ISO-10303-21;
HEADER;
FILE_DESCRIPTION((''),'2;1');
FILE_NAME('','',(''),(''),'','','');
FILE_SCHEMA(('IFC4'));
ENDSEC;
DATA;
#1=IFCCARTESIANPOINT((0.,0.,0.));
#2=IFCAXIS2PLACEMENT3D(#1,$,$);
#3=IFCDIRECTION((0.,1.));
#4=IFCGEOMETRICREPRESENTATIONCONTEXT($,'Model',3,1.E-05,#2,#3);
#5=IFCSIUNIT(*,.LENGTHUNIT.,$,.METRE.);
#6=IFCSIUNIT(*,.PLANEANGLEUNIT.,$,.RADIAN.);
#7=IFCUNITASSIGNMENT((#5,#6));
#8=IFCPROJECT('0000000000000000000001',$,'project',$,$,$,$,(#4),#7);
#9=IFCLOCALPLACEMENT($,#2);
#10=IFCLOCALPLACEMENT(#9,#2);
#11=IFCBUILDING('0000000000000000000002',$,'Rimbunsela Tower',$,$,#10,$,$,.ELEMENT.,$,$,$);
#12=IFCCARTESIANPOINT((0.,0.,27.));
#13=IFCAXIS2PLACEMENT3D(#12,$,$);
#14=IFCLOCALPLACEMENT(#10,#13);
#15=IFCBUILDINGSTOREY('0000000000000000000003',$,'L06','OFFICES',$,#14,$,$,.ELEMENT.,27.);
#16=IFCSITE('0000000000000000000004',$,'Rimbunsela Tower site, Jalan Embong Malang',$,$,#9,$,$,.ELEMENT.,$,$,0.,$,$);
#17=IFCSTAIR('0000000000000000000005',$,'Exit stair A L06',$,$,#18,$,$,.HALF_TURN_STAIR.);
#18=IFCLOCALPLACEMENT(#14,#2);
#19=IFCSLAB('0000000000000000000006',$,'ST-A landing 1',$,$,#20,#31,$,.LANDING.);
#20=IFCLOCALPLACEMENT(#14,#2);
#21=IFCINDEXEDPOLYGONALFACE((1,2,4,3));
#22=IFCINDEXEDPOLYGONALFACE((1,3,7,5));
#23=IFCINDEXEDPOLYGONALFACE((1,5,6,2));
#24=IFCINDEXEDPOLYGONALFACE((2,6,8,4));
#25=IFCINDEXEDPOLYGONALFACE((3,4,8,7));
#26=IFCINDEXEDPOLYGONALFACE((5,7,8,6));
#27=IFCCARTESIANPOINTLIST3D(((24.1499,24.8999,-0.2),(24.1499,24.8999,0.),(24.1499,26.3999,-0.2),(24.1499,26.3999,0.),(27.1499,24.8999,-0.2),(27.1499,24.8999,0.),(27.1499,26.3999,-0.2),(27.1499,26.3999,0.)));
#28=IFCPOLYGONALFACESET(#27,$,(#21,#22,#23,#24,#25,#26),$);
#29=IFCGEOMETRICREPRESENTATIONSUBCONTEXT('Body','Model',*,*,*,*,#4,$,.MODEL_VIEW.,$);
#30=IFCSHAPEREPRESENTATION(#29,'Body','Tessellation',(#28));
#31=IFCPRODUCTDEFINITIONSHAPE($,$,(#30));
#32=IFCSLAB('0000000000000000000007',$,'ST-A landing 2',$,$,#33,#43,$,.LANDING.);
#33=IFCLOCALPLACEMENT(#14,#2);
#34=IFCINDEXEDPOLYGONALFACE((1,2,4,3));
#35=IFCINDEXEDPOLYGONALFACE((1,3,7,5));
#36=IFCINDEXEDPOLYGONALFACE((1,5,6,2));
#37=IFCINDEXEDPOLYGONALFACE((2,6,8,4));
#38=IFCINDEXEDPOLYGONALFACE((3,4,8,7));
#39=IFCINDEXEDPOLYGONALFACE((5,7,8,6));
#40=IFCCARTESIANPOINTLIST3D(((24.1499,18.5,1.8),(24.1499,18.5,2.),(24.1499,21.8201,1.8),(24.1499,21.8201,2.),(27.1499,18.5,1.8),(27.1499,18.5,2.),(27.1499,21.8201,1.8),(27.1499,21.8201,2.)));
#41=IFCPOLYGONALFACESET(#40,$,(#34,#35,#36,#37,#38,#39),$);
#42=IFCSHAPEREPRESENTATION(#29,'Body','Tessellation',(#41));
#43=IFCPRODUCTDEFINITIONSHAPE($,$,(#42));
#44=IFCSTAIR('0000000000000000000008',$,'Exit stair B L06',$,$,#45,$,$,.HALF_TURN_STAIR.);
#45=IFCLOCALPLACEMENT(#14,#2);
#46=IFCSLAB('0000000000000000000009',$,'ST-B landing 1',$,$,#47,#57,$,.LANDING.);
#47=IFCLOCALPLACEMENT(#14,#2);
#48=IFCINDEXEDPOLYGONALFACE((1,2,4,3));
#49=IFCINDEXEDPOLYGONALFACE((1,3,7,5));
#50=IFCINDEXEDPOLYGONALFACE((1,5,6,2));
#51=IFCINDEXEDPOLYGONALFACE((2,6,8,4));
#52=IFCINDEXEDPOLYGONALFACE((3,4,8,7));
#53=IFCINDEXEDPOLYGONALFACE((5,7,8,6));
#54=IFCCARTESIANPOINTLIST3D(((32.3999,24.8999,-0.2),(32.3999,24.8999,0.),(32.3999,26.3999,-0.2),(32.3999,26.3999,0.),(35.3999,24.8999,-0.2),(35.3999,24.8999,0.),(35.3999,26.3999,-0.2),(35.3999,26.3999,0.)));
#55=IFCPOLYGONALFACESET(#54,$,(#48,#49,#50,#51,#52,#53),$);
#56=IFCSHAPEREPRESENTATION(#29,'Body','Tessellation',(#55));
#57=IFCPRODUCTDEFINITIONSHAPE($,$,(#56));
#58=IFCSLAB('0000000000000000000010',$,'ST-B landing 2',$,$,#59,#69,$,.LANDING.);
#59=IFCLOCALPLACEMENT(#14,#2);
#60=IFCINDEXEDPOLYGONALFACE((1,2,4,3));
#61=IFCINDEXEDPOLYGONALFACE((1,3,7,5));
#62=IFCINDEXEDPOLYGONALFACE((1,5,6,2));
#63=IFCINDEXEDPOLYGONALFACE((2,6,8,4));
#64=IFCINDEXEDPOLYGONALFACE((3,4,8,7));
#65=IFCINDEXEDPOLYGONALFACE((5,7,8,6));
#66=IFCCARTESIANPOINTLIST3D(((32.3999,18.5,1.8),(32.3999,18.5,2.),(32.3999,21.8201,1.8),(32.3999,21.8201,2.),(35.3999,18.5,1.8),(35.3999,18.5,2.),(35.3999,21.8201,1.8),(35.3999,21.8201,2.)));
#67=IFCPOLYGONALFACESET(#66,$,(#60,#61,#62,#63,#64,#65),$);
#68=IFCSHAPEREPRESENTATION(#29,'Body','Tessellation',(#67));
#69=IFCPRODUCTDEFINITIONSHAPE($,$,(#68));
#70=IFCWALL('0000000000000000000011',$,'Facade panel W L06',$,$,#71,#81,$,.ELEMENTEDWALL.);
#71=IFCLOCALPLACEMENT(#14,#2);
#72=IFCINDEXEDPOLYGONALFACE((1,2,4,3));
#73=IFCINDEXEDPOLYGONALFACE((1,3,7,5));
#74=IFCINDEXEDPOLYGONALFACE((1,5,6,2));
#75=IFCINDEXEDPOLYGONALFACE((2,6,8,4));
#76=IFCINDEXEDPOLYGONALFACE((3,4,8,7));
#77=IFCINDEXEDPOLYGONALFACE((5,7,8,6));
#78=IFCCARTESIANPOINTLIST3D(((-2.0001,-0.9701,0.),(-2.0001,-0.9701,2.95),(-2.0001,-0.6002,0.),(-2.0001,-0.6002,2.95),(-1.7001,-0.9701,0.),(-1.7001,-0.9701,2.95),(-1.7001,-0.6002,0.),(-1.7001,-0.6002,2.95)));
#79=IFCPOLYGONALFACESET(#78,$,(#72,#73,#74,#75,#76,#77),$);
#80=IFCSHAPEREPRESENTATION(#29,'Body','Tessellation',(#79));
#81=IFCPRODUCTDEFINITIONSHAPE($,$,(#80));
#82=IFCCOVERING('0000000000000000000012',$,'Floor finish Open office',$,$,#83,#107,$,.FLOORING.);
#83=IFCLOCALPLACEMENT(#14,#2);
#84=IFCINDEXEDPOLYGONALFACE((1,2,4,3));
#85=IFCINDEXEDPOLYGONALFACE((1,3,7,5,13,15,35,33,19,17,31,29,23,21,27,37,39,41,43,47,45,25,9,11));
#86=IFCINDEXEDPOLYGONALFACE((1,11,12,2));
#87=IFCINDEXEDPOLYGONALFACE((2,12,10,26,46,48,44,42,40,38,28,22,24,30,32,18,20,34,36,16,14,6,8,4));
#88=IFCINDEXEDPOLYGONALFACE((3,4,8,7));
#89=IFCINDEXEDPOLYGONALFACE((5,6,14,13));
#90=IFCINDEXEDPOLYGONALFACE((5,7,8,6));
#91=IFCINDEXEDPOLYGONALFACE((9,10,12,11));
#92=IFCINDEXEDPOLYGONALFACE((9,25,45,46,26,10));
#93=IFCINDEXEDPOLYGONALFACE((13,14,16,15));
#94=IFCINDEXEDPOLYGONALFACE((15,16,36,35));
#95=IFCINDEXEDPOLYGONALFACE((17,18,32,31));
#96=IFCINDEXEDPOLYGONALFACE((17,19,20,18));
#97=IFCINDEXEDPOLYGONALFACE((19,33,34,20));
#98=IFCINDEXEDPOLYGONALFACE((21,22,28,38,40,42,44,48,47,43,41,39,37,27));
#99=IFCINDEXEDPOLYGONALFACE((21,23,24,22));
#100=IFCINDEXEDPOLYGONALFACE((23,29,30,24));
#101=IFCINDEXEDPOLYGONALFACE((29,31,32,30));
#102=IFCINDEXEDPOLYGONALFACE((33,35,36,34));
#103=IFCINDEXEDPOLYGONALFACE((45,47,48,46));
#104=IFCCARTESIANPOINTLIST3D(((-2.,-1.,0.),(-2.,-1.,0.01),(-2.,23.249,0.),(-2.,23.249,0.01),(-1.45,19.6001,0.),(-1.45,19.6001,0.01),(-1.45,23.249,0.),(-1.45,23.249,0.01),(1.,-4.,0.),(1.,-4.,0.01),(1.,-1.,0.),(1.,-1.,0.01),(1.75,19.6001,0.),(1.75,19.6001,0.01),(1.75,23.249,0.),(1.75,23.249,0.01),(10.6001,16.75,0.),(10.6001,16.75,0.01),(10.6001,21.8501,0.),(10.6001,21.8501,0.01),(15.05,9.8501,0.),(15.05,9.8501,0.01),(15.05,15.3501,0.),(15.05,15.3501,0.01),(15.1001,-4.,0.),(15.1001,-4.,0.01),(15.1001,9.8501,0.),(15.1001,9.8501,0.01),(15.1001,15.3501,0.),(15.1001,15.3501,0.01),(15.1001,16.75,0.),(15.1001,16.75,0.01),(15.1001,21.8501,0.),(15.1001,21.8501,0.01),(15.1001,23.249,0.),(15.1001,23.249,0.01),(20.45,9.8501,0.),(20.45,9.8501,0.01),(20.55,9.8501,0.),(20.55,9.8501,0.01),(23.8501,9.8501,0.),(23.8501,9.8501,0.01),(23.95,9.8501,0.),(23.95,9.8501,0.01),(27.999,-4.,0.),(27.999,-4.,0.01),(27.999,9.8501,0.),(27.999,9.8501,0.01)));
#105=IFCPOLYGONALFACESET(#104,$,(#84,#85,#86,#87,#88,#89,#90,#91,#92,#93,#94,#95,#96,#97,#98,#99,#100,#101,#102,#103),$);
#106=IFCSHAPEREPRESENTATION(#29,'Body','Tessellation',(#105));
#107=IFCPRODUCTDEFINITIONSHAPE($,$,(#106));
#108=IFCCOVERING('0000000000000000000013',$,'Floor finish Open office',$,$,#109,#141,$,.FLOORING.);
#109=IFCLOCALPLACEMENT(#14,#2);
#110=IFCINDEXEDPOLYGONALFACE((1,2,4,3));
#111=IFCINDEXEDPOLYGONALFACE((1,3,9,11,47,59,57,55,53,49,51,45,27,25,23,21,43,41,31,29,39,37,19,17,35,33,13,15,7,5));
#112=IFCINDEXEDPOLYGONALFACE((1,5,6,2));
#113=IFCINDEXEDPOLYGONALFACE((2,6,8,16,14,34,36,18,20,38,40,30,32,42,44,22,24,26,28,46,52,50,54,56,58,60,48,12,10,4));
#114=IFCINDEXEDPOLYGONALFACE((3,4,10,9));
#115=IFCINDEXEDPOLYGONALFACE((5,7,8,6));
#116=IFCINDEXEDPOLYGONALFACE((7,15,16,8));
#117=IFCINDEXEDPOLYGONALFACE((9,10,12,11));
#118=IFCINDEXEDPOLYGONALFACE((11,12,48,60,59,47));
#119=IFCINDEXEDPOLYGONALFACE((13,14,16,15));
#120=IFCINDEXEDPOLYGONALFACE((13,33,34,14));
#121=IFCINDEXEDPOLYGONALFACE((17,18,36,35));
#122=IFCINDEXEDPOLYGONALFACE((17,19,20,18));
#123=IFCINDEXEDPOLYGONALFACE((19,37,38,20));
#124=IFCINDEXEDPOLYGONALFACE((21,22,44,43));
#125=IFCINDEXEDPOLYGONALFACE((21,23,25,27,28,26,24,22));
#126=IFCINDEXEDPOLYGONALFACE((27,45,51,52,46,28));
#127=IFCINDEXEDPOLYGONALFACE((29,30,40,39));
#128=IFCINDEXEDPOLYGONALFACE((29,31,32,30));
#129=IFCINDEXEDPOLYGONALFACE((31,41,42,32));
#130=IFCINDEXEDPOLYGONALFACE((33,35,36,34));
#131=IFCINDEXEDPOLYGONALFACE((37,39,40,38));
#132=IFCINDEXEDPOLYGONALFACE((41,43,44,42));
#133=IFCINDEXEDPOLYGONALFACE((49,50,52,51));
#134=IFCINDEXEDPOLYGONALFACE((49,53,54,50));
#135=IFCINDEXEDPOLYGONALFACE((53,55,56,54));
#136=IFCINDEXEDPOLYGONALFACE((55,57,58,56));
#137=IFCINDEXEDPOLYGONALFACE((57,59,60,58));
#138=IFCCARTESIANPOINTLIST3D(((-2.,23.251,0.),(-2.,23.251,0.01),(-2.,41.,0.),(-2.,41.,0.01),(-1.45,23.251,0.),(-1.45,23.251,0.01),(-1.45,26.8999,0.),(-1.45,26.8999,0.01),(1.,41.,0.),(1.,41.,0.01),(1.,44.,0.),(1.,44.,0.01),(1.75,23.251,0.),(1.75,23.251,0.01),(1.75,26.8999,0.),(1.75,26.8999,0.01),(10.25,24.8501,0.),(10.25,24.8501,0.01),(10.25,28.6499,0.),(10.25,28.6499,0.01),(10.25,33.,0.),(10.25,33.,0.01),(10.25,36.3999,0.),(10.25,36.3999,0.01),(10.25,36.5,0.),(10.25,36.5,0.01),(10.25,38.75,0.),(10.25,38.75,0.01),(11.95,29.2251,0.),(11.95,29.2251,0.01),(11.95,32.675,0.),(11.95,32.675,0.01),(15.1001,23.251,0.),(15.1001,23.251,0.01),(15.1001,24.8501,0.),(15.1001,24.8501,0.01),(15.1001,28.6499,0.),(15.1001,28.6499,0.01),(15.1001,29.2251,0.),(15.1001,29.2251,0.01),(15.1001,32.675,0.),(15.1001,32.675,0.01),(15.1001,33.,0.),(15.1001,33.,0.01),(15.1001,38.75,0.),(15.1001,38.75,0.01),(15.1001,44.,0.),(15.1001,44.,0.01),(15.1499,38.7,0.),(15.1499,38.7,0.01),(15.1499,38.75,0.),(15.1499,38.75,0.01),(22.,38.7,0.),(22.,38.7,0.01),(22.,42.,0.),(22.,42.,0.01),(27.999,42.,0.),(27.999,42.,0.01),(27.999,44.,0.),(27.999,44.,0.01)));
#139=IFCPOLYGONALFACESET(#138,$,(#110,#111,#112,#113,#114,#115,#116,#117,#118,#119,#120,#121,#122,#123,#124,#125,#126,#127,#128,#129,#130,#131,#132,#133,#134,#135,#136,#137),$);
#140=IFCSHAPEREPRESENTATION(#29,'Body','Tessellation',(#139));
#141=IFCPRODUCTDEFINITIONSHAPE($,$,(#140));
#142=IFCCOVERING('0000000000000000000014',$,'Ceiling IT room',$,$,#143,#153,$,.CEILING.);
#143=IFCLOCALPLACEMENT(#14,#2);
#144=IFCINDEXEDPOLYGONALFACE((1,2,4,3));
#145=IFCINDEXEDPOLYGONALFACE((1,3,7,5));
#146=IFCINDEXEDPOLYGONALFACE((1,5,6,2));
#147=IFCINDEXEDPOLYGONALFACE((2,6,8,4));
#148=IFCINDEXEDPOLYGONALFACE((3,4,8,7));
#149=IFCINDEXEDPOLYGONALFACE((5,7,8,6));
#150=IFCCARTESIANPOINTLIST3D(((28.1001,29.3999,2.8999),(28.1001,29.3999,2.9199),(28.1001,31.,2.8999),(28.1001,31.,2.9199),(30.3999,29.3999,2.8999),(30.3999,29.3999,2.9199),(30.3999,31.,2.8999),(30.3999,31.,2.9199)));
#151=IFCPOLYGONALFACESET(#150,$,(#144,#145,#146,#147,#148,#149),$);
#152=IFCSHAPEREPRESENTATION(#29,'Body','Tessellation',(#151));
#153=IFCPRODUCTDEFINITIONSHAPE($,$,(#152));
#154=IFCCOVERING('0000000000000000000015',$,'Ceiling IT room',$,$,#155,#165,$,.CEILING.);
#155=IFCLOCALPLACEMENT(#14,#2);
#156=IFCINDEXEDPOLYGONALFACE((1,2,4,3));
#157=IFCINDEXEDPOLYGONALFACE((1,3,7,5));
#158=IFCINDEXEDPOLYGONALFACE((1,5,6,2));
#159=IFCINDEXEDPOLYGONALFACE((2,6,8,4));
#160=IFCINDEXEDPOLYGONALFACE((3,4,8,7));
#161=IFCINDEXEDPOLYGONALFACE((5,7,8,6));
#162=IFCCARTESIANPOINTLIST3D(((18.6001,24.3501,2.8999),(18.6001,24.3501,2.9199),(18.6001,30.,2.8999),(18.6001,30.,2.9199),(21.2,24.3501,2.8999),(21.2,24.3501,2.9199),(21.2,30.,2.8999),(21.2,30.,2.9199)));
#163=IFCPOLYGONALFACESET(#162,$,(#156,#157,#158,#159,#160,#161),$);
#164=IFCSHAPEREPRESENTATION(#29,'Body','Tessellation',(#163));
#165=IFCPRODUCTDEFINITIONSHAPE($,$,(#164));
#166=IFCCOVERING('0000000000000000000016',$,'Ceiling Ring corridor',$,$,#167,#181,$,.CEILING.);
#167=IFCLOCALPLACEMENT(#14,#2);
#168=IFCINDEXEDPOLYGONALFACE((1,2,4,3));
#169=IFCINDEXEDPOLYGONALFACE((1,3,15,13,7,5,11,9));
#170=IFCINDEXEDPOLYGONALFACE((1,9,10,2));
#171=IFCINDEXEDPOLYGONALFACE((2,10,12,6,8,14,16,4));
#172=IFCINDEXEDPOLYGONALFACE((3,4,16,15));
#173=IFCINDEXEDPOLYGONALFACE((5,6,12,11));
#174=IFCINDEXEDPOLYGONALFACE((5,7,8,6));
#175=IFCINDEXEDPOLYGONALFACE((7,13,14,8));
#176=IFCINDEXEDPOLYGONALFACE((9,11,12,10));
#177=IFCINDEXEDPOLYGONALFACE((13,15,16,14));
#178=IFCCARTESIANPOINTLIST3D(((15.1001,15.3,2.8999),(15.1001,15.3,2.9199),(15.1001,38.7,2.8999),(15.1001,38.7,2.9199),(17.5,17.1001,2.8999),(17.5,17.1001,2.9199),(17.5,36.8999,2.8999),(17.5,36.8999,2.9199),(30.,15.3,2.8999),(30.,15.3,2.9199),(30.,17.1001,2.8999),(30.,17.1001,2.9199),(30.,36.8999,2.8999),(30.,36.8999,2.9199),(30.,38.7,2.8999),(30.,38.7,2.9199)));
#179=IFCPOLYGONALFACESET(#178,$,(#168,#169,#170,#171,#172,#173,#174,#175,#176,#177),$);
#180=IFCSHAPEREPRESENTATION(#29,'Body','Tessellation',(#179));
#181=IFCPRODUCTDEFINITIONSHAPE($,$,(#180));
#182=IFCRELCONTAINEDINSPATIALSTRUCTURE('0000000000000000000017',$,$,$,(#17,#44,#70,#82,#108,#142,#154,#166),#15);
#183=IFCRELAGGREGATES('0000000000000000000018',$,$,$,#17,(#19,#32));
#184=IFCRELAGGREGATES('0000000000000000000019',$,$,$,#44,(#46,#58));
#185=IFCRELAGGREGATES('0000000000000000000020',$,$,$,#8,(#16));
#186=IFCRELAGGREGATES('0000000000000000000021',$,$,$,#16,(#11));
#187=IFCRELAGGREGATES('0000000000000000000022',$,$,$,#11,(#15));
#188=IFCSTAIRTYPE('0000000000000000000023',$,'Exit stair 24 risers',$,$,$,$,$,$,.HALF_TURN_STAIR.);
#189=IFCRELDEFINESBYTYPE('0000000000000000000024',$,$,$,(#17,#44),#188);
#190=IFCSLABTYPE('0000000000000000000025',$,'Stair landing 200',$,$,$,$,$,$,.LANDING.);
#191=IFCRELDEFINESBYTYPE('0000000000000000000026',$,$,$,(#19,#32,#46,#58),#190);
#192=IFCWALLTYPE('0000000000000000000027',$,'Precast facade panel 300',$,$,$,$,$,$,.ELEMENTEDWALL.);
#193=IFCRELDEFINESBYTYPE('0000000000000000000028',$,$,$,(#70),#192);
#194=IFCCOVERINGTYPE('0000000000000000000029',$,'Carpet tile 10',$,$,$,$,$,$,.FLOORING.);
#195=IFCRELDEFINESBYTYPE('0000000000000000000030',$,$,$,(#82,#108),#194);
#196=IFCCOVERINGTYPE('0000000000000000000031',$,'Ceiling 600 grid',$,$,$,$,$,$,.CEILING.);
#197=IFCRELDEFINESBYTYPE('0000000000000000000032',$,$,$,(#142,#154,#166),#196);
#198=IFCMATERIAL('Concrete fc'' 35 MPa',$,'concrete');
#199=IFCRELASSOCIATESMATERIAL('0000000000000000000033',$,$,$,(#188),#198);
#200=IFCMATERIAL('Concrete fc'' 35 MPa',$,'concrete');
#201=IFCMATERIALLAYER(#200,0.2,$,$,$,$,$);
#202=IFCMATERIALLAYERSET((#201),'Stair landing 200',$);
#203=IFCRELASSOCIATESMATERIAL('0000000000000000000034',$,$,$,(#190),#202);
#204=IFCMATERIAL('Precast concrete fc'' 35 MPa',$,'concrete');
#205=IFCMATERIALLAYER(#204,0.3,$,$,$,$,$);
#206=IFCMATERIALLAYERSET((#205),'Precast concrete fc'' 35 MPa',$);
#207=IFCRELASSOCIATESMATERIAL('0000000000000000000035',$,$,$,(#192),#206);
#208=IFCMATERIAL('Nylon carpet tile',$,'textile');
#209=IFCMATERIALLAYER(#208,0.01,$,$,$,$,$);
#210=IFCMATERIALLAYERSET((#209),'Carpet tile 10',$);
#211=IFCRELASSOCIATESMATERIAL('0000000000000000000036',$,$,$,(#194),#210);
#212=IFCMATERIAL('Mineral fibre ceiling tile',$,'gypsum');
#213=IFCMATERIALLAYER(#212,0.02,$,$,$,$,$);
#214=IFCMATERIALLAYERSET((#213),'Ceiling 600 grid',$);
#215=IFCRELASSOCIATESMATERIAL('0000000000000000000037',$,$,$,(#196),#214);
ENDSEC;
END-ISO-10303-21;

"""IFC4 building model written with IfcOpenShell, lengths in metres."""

from ifc_helpers import new_model, si_unit, direction, frame, frame_2d, origin, place, context, subcontext, project, spatial, polyline, rectangle, outline, extrude, material, layer, layer_set, type_object, element, aggregate, save


model = new_model("IFC4")

# Units and contexts
model_context = context("Model", 3, precision=1e-05, world=origin(), true_north=direction((0.0, 1.0)))
body_context = subcontext(model_context, "Body", "Model", "MODEL_VIEW")
ifc_project = project(units=[si_unit("LENGTHUNIT", "METRE"), si_unit("PLANEANGLEUNIT", "RADIAN")], contexts=[model_context])

# Site, building, storey
site_placement = place(None, origin())
site = spatial("IfcSite", under=ifc_project, at=site_placement, Name="Rimbunsela Tower site, Jalan Embong Malang", CompositionType="ELEMENT", RefElevation=0.0)
building_placement = place(site_placement, origin())
building = spatial("IfcBuilding", under=site, at=building_placement, Name="Rimbunsela Tower", CompositionType="ELEMENT")
storey_placement = place(building_placement, frame((0.0, 0.0, 27.0)))
storey = spatial("IfcBuildingStorey", under=building, at=storey_placement, Name="L06", Description="OFFICES", CompositionType="ELEMENT", Elevation=27.0)

# Stairs, slabs
ifc_material_1 = material(Name="Concrete fc' 35 MPa", Category="concrete")
stair_type = type_object("IfcStairType", Name="Exit stair 24 risers", PredefinedType="HALF_TURN_STAIR", material=ifc_material_1)
stair_1_placement = place(storey_placement, origin())
stair_1 = element("IfcStair", 1, at=stair_1_placement, inside=storey, type_object=stair_type, Name="Exit stair A L06", PredefinedType="HALF_TURN_STAIR")
ifc_material_2 = material(Name="Concrete fc' 35 MPa", Category="concrete")
ifc_layer_1 = layer(ifc_material_2, 0.2)
ifc_layer_set_1 = layer_set([ifc_layer_1], Name="Stair landing 200")
slab_type_1 = type_object("IfcSlabType", Name="Stair landing 200", PredefinedType="LANDING", material=ifc_layer_set_1)
slab_1_placement = place(storey_placement, frame((0.0, 0.0, -0.2)))
slab_1 = element("IfcSlab", 2, at=slab_1_placement, type_object=slab_type_1, Name="ST-A landing 1", PredefinedType="LANDING", context=body_context, shape_type="SweptSolid", body=[
    extrude(outline(polyline([(24.1499, 24.8999), (27.1499, 24.8999), (27.1499, 26.3999), (24.1499, 26.3999), (24.1499, 24.8999)])), origin(), (0.0, 0.0, 1.0), 0.2),
])
slab_2_placement = place(storey_placement, frame((0.0, 0.0, 1.8)))
slab_2 = element("IfcSlab", 3, at=slab_2_placement, type_object=slab_type_1, Name="ST-A landing 2", PredefinedType="LANDING", context=body_context, shape_type="SweptSolid", body=[
    extrude(outline(polyline([(24.1499, 18.5), (27.1499, 18.5), (27.1499, 21.8201), (24.1499, 21.8201), (24.1499, 18.5)])), origin(), (0.0, 0.0, 1.0), 0.2),
])
aggregate(stair_1, [slab_1, slab_2])
stair_2_placement = place(storey_placement, origin())
stair_2 = element("IfcStair", 4, at=stair_2_placement, inside=storey, type_object=stair_type, Name="Exit stair B L06", PredefinedType="HALF_TURN_STAIR")
slab_3_placement = place(storey_placement, frame((0.0, 0.0, -0.2)))
slab_3 = element("IfcSlab", 5, at=slab_3_placement, type_object=slab_type_1, Name="ST-B landing 1", PredefinedType="LANDING", context=body_context, shape_type="SweptSolid", body=[
    extrude(outline(polyline([(32.3999, 24.8999), (35.3999, 24.8999), (35.3999, 26.3999), (32.3999, 26.3999), (32.3999, 24.8999)])), origin(), (0.0, 0.0, 1.0), 0.2),
])
slab_4_placement = place(storey_placement, frame((0.0, 0.0, 1.8)))
slab_4 = element("IfcSlab", 6, at=slab_4_placement, type_object=slab_type_1, Name="ST-B landing 2", PredefinedType="LANDING", context=body_context, shape_type="SweptSolid", body=[
    extrude(outline(polyline([(32.3999, 18.5), (35.3999, 18.5), (35.3999, 21.8201), (32.3999, 21.8201), (32.3999, 18.5)])), origin(), (0.0, 0.0, 1.0), 0.2),
])
aggregate(stair_2, [slab_3, slab_4])

# Wall
ifc_material_3 = material(Name="Precast concrete fc' 35 MPa", Category="concrete")
ifc_layer_2 = layer(ifc_material_3, 0.3)
ifc_layer_set_2 = layer_set([ifc_layer_2], Name="Precast concrete fc' 35 MPa")
wall_type = type_object("IfcWallType", Name="Precast facade panel 300", PredefinedType="ELEMENTEDWALL", material=ifc_layer_set_2)
wall_placement = place(storey_placement, frame((-1.8501, -0.6001, 0.0), z_axis=(0.0, 0.0, 1.0), x_axis=(0.0, -1.0, 0.0)))
element("IfcWall", 7, at=wall_placement, inside=storey, type_object=wall_type, Name="Facade panel W L06", PredefinedType="ELEMENTEDWALL", context=body_context, shape_type="SweptSolid", body=[
    extrude(rectangle(XDim=0.3699, YDim=0.3, at=frame_2d((0.1851, 0.0))), origin(), (0.0, 0.0, 1.0), 2.95),
])

# Coverings
ifc_material_4 = material(Name="Nylon carpet tile", Category="textile")
ifc_layer_3 = layer(ifc_material_4, 0.01)
ifc_layer_set_3 = layer_set([ifc_layer_3], Name="Carpet tile 10")
covering_type_1 = type_object("IfcCoveringType", Name="Carpet tile 10", PredefinedType="FLOORING", material=ifc_layer_set_3)
covering_1_placement = place(storey_placement, origin())
element("IfcCovering", 8, at=covering_1_placement, inside=storey, type_object=covering_type_1, Name="Floor finish Open office", PredefinedType="FLOORING", context=body_context, shape_type="SweptSolid", body=[
    extrude(outline(polyline([(20.55, 9.8501), (23.8501, 9.8501), (23.95, 9.8501), (27.999, 9.8501), (27.999, -4.0), (15.1001, -4.0), (1.0, -4.0), (1.0, -1.0), (-2.0, -1.0), (-2.0, 23.249), (-1.45, 23.249), (-1.45, 19.6001), (1.75, 19.6001), (1.75, 23.249), (15.1001, 23.249), (15.1001, 21.8501), (10.6001, 21.8501), (10.6001, 16.75), (15.1001, 16.75), (15.1001, 15.3501), (15.05, 15.3501), (15.05, 9.8501), (15.1001, 9.8501), (20.45, 9.8501), (20.55, 9.8501)])), origin(), (0.0, 0.0, 1.0), 0.01),
])
covering_2_placement = place(storey_placement, origin())
element("IfcCovering", 9, at=covering_2_placement, inside=storey, type_object=covering_type_1, Name="Floor finish Open office", PredefinedType="FLOORING", context=body_context, shape_type="SweptSolid", body=[
    extrude(outline(polyline([(10.25, 36.5), (10.25, 36.3999), (10.25, 33.0), (15.1001, 33.0), (15.1001, 32.675), (11.95, 32.675), (11.95, 29.2251), (15.1001, 29.2251), (15.1001, 28.6499), (10.25, 28.6499), (10.25, 24.8501), (15.1001, 24.8501), (15.1001, 23.251), (1.75, 23.251), (1.75, 26.8999), (-1.45, 26.8999), (-1.45, 23.251), (-2.0, 23.251), (-2.0, 41.0), (1.0, 41.0), (1.0, 44.0), (15.1001, 44.0), (27.999, 44.0), (27.999, 42.0), (22.0, 42.0), (22.0, 38.7), (15.1499, 38.7), (15.1499, 38.75), (15.1001, 38.75), (10.25, 38.75), (10.25, 36.5)])), origin(), (0.0, 0.0, 1.0), 0.01),
])
ifc_material_5 = material(Name="Mineral fibre ceiling tile", Category="gypsum")
ifc_layer_4 = layer(ifc_material_5, 0.02)
ifc_layer_set_4 = layer_set([ifc_layer_4], Name="Ceiling 600 grid")
covering_type_2 = type_object("IfcCoveringType", Name="Ceiling 600 grid", PredefinedType="CEILING", material=ifc_layer_set_4)
covering_3_placement = place(storey_placement, frame((0.0, 0.0, 2.8999)))
element("IfcCovering", 10, at=covering_3_placement, inside=storey, type_object=covering_type_2, Name="Ceiling IT room", PredefinedType="CEILING", context=body_context, shape_type="SweptSolid", body=[
    extrude(outline(polyline([(30.3999, 29.3999), (30.3999, 31.0), (28.1001, 31.0), (28.1001, 29.3999), (30.3999, 29.3999)])), origin(), (0.0, 0.0, 1.0), 0.02),
])
covering_4_placement = place(storey_placement, frame((0.0, 0.0, 2.8999)))
element("IfcCovering", 11, at=covering_4_placement, inside=storey, type_object=covering_type_2, Name="Ceiling IT room", PredefinedType="CEILING", context=body_context, shape_type="SweptSolid", body=[
    extrude(outline(polyline([(21.2, 24.3501), (21.2, 30.0), (18.6001, 30.0), (18.6001, 24.3501), (21.2, 24.3501)])), origin(), (0.0, 0.0, 1.0), 0.02),
])
covering_5_placement = place(storey_placement, frame((0.0, 0.0, 2.8999)))
element("IfcCovering", 12, at=covering_5_placement, inside=storey, type_object=covering_type_2, Name="Ceiling Ring corridor", PredefinedType="CEILING", context=body_context, shape_type="SweptSolid", body=[
    extrude(outline(polyline([(15.1001, 38.7), (30.0, 38.7), (30.0, 36.8999), (17.5, 36.8999), (17.5, 17.1001), (30.0, 17.1001), (30.0, 15.3), (15.1001, 15.3), (15.1001, 38.7)])), origin(), (0.0, 0.0, 1.0), 0.02),
])

save(model, "model.ifc")
